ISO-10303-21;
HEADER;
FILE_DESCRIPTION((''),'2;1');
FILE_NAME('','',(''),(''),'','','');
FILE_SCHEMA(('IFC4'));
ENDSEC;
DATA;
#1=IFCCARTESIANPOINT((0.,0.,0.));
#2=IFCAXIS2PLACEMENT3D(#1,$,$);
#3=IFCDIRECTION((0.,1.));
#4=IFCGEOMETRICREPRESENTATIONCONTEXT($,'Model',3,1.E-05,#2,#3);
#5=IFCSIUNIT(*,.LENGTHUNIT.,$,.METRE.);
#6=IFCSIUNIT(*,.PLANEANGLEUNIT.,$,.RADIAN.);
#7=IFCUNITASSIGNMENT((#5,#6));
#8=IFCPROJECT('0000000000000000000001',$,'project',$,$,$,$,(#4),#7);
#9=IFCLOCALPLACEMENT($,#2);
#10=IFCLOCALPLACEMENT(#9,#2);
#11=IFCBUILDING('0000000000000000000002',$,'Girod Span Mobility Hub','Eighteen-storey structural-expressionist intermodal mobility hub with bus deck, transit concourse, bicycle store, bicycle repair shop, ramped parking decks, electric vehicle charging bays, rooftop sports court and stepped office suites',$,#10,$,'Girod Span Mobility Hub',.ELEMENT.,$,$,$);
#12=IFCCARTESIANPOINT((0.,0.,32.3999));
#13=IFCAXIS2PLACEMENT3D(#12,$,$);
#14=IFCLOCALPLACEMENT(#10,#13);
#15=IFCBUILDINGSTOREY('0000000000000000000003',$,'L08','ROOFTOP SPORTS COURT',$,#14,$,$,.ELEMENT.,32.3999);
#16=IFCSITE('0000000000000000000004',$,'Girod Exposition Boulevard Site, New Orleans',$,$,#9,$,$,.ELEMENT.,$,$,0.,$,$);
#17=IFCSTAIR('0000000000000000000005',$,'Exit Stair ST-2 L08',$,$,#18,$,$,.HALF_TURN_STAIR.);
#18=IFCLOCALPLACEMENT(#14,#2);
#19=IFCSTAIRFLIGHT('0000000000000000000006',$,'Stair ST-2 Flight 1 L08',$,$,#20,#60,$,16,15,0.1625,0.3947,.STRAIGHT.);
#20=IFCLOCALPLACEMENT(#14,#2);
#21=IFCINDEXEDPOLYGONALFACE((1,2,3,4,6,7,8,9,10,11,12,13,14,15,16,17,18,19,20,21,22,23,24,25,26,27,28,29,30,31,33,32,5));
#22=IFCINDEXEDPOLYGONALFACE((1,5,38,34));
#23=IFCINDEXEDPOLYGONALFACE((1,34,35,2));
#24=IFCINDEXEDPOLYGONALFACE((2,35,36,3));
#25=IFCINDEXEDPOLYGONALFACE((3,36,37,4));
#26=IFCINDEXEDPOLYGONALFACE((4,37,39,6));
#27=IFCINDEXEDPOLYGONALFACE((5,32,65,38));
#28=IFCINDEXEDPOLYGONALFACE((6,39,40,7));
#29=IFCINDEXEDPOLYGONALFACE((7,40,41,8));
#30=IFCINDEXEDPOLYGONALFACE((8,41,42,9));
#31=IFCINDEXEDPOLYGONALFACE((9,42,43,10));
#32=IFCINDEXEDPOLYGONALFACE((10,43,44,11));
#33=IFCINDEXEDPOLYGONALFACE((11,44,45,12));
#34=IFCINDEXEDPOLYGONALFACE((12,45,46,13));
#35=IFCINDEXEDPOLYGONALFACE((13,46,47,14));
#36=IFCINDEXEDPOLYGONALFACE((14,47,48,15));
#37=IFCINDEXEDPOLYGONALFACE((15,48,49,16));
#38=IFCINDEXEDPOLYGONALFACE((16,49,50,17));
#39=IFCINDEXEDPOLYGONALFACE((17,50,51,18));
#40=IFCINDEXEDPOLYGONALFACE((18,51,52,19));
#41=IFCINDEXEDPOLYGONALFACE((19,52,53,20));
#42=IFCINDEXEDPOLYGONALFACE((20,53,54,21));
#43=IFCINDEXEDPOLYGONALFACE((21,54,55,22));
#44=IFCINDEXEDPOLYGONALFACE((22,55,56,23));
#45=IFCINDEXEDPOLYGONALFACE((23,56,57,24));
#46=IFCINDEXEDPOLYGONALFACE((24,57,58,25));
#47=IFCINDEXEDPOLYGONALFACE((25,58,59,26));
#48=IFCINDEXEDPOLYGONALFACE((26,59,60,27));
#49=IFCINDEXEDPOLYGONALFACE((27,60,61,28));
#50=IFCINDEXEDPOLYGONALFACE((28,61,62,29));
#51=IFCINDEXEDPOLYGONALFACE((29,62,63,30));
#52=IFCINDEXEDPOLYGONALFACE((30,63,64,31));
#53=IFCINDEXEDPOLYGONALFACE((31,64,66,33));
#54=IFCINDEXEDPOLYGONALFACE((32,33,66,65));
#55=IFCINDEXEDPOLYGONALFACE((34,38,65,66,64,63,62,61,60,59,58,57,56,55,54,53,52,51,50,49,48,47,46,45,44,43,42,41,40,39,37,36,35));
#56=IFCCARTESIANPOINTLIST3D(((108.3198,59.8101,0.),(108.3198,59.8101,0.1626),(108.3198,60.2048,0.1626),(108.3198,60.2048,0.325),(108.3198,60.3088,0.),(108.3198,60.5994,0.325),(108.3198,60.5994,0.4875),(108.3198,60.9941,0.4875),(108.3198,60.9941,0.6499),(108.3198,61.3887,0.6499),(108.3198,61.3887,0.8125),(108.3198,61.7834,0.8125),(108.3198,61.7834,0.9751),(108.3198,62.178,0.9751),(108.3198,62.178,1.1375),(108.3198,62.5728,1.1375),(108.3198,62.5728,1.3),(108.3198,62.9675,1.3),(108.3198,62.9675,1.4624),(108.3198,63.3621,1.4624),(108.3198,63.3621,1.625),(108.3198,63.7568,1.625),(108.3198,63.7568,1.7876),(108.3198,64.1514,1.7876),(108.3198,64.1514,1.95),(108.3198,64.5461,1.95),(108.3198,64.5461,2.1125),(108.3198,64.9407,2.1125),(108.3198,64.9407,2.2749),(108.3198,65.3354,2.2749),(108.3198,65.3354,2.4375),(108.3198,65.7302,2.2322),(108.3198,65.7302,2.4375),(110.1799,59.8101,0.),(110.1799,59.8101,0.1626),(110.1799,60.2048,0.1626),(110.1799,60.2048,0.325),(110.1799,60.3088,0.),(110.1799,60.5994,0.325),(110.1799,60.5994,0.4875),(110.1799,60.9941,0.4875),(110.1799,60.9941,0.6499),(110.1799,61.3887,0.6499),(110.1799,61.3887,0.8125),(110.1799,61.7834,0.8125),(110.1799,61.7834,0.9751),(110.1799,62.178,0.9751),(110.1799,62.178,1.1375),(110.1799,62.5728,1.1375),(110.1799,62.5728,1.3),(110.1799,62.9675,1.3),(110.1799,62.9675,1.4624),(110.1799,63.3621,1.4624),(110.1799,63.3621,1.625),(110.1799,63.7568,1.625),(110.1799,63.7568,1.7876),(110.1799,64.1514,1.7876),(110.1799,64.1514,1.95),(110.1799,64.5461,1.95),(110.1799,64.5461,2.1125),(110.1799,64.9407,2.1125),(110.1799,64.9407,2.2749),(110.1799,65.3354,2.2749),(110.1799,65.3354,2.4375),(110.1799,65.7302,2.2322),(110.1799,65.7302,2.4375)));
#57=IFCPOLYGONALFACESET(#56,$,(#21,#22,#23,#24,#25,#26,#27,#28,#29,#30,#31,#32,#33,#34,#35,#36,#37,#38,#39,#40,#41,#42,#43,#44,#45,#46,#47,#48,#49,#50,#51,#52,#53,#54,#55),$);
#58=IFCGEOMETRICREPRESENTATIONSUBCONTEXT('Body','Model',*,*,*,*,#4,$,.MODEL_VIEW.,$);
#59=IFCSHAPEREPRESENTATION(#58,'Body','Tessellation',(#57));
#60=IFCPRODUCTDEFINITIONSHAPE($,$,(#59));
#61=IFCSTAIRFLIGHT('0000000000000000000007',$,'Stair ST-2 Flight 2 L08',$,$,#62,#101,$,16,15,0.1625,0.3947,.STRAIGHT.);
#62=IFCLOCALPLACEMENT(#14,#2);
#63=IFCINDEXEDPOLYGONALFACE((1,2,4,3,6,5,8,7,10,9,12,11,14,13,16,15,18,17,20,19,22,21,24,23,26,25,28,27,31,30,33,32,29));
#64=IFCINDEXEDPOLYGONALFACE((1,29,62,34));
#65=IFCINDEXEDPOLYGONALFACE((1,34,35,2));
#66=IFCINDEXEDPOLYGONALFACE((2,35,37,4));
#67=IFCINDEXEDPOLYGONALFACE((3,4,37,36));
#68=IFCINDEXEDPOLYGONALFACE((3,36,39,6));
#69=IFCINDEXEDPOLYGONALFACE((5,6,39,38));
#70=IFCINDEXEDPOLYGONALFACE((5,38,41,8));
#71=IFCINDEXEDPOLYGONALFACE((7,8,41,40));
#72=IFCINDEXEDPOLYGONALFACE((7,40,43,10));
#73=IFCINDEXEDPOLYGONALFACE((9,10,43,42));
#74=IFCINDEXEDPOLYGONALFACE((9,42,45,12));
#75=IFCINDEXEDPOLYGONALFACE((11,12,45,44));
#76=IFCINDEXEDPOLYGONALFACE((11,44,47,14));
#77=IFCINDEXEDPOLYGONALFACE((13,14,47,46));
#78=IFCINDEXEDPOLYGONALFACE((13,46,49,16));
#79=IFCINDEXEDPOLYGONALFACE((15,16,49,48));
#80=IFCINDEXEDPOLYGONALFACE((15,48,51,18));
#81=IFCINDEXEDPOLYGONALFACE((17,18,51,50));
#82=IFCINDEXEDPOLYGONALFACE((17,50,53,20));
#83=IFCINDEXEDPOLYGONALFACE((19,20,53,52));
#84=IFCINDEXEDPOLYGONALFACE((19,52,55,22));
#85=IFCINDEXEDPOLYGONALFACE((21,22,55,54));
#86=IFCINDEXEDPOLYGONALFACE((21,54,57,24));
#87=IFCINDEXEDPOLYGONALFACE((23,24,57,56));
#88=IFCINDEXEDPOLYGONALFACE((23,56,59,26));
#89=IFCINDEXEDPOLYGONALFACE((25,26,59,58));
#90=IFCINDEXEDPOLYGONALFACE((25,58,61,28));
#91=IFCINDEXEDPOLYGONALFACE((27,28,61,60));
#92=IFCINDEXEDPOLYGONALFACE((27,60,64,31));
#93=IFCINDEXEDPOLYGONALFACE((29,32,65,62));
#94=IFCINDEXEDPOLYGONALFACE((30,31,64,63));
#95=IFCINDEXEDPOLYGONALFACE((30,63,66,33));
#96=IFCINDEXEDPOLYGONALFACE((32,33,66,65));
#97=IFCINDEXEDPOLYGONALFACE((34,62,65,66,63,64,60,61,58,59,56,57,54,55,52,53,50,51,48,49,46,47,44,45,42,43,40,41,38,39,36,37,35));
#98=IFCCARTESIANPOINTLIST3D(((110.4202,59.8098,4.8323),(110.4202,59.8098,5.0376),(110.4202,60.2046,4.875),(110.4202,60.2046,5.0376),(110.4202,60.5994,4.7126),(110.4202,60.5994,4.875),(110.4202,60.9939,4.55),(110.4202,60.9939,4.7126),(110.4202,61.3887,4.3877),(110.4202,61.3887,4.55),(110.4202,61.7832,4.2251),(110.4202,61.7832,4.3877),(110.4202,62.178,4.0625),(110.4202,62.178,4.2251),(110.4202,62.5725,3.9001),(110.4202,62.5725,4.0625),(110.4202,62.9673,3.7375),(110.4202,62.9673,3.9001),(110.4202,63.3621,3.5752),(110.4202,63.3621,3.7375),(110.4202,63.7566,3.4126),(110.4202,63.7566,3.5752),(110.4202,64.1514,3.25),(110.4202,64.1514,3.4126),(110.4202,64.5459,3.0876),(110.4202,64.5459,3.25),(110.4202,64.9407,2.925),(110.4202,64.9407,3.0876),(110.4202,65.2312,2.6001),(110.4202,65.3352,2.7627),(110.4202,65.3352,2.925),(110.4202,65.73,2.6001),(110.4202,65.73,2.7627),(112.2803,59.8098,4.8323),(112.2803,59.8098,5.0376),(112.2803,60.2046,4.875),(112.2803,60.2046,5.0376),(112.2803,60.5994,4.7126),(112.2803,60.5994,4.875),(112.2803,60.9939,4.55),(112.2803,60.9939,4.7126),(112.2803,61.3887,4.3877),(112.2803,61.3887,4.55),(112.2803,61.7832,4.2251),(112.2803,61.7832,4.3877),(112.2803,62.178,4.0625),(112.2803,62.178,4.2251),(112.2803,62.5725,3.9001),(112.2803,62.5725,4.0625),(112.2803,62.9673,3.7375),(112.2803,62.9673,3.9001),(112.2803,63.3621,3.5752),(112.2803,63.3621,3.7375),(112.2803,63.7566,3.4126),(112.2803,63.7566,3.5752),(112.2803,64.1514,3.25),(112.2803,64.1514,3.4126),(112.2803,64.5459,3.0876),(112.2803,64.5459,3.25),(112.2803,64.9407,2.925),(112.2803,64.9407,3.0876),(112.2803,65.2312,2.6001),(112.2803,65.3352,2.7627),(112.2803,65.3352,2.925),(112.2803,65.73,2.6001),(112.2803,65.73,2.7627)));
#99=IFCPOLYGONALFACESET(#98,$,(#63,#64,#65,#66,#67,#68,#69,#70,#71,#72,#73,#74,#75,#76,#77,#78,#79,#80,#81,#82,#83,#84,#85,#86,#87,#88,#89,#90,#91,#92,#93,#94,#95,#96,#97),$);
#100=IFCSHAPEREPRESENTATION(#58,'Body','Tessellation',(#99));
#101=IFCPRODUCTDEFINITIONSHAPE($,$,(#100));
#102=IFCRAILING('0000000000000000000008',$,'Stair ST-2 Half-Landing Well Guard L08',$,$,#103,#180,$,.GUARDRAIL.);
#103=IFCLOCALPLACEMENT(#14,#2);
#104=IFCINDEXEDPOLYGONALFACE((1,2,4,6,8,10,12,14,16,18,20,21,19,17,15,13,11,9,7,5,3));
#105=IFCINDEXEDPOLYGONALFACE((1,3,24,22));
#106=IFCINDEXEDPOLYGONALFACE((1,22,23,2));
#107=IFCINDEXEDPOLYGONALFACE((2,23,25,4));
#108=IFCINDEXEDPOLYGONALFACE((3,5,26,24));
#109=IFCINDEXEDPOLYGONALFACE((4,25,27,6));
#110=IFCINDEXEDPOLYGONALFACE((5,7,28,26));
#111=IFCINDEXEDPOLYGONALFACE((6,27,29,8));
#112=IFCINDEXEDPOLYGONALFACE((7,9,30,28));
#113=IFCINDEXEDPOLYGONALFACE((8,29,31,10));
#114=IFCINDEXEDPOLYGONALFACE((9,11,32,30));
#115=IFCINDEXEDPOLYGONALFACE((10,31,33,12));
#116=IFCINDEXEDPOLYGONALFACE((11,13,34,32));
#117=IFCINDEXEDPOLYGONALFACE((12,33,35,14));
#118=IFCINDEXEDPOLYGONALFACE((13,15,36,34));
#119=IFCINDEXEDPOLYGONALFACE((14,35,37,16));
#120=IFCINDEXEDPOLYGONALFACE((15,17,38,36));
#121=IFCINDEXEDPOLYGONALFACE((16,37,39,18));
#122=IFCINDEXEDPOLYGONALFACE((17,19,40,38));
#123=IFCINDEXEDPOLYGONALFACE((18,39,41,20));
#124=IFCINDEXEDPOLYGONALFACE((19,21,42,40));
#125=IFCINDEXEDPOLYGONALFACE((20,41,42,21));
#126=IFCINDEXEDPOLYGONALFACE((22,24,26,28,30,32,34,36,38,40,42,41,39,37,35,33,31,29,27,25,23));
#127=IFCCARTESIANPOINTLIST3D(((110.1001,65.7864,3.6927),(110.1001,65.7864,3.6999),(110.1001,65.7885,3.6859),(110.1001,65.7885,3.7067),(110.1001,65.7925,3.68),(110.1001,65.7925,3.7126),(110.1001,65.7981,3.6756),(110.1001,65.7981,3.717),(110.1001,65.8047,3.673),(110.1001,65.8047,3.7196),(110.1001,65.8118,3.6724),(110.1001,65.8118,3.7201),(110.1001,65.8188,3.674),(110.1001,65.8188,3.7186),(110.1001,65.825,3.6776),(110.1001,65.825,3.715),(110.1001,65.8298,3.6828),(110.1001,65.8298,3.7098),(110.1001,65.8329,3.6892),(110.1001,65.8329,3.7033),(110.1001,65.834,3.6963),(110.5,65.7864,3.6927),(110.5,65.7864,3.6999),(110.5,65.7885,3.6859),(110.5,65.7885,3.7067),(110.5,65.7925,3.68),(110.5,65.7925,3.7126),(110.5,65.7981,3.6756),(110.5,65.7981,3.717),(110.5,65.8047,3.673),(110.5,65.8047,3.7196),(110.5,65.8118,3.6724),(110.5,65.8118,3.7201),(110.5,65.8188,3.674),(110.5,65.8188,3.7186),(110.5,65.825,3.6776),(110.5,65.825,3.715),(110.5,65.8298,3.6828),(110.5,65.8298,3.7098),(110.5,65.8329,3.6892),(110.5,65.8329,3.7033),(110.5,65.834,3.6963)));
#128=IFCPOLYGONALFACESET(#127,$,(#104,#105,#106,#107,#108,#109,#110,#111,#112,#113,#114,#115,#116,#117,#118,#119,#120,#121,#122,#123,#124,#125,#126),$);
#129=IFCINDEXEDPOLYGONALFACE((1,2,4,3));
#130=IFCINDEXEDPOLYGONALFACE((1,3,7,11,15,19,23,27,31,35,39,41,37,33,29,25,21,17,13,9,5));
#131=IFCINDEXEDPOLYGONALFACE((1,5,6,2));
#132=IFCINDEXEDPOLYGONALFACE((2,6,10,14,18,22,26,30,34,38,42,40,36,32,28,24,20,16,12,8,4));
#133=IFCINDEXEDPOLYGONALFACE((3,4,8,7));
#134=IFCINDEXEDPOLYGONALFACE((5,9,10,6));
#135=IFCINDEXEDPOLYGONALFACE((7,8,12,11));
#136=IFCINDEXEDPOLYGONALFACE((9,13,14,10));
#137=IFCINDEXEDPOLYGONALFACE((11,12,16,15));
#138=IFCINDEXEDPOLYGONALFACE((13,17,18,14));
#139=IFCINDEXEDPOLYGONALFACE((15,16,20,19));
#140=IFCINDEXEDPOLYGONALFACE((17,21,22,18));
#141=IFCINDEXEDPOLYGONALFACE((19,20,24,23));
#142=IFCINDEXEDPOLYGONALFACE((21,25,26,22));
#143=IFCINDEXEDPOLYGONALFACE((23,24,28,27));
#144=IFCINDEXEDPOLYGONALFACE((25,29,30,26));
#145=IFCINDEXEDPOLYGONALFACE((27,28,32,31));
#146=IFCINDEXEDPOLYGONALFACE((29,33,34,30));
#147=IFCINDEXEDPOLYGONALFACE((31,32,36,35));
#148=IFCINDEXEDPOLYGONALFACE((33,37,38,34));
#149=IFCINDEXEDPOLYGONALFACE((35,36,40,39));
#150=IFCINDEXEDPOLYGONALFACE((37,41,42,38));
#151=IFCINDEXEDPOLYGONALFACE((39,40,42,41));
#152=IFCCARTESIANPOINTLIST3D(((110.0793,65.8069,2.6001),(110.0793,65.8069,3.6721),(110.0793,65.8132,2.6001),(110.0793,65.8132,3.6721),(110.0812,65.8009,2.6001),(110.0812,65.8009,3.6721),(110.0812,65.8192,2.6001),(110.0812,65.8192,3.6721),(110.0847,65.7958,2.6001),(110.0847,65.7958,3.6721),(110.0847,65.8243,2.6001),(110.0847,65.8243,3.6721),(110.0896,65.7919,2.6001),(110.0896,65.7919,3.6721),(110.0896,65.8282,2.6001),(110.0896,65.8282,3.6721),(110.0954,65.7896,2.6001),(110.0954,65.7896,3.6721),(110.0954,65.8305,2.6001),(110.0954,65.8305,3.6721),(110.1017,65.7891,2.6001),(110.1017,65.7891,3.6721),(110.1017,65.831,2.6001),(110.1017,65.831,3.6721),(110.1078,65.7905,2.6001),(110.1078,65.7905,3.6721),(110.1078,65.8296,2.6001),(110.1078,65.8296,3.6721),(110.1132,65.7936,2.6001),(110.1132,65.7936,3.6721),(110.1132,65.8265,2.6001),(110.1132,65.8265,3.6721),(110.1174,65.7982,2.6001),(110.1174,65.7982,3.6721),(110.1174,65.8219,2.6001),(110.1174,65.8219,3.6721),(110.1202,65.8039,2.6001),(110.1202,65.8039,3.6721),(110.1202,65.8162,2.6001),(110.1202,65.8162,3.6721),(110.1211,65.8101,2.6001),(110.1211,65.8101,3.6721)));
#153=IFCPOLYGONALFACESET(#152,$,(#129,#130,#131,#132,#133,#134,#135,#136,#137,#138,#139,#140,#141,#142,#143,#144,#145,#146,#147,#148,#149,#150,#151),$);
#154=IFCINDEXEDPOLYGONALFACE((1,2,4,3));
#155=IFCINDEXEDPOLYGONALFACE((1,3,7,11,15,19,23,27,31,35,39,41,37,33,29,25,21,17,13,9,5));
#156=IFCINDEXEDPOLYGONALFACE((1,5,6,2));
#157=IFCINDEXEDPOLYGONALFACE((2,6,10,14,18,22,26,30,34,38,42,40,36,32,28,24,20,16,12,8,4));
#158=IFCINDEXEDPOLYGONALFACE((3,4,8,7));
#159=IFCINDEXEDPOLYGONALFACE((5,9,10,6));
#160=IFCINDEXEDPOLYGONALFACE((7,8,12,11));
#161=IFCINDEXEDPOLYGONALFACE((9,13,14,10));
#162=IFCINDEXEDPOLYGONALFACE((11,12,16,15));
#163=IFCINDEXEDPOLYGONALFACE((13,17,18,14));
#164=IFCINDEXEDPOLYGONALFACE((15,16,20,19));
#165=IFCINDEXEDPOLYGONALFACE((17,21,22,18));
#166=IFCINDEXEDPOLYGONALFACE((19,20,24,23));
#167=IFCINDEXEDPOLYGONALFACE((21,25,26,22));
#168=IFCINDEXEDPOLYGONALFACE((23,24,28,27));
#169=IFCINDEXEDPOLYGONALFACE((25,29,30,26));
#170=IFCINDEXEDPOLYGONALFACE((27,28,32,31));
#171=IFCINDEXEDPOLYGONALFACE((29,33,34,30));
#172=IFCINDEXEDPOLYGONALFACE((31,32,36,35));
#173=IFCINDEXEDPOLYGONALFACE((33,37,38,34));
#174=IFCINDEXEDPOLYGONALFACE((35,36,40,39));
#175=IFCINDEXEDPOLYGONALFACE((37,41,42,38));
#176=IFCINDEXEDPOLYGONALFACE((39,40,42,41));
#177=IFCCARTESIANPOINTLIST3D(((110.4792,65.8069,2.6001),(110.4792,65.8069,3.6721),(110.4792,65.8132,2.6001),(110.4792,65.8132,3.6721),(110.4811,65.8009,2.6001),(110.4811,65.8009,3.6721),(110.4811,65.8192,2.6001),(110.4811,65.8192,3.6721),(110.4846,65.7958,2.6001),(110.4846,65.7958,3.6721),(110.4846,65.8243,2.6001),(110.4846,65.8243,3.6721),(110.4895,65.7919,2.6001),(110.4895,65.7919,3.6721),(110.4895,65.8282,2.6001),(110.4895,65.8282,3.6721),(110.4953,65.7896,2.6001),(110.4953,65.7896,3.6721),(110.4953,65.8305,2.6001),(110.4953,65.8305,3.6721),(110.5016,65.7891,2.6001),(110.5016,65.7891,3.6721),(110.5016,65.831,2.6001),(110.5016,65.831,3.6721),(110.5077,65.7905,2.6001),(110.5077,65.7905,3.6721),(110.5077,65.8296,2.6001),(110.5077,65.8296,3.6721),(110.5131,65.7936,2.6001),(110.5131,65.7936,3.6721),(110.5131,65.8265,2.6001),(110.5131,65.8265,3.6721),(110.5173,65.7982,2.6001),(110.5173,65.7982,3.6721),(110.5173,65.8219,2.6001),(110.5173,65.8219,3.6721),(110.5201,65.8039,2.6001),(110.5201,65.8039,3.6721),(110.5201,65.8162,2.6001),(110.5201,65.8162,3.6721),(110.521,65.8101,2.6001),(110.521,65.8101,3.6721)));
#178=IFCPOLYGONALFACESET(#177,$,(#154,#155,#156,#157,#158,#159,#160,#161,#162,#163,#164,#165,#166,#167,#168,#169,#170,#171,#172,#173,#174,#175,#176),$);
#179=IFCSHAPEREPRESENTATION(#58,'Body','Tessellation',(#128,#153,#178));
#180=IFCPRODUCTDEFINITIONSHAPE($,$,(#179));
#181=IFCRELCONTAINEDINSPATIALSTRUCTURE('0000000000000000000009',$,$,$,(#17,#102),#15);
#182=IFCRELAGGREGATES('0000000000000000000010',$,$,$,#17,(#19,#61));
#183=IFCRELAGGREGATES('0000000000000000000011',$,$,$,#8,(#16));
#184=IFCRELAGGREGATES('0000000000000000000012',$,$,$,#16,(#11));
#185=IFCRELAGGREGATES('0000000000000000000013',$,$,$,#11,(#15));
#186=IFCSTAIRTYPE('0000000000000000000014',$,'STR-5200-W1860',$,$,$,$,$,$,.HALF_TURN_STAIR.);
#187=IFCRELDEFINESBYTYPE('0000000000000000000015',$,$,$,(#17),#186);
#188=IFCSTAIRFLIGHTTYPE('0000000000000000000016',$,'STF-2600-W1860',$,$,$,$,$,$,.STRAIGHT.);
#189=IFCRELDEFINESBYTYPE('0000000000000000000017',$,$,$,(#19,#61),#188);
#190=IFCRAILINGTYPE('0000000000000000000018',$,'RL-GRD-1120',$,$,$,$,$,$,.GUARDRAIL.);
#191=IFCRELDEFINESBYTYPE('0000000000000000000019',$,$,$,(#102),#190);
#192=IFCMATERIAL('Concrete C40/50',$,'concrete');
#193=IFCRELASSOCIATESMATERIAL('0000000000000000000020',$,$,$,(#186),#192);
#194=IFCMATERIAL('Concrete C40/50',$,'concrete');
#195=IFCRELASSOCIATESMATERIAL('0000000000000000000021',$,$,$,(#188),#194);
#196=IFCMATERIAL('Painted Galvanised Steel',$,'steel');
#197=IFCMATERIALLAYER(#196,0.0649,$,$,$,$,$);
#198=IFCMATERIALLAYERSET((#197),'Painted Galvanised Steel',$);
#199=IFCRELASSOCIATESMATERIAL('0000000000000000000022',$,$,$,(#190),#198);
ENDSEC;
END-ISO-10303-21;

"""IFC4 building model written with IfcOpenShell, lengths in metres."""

from ifc_helpers import new_model, si_unit, direction, frame, origin, origin_2d, place, context, subcontext, project, spatial, polyline, circle, outline, extrude, material, layer, layer_set, type_object, element, aggregate, save


model = new_model("IFC4")

# Units and contexts
model_context = context("Model", 3, precision=1e-05, world=origin(), true_north=direction((0.0, 1.0)))
body_context = subcontext(model_context, "Body", "Model", "MODEL_VIEW")
ifc_project = project(units=[si_unit("LENGTHUNIT", "METRE"), si_unit("PLANEANGLEUNIT", "RADIAN")], contexts=[model_context])

# Site, building, storey
site_placement = place(None, origin())
site = spatial("IfcSite", under=ifc_project, at=site_placement, Name="Girod Exposition Boulevard Site, New Orleans", CompositionType="ELEMENT", RefElevation=0.0)
building_placement = place(site_placement, origin())
building = spatial("IfcBuilding", under=site, at=building_placement, Name="Girod Span Mobility Hub", Description="Eighteen-storey structural-expressionist intermodal mobility hub with bus deck, transit concourse, bicycle store, bicycle repair shop, ramped parking decks, electric vehicle charging bays, rooftop sports court and stepped office suites", LongName="Girod Span Mobility Hub", CompositionType="ELEMENT")
storey_placement = place(building_placement, frame((0.0, 0.0, 32.3999)))
storey = spatial("IfcBuildingStorey", under=building, at=storey_placement, Name="L08", Description="ROOFTOP SPORTS COURT", CompositionType="ELEMENT", Elevation=32.3999)

# Stair, stair flights
ifc_material_1 = material(Name="Concrete C40/50", Category="concrete")
stair_type = type_object("IfcStairType", Name="STR-5200-W1860", PredefinedType="HALF_TURN_STAIR", material=ifc_material_1)
stair_placement = place(storey_placement, origin())
stair = element("IfcStair", 1, at=stair_placement, inside=storey, type_object=stair_type, Name="Exit Stair ST-2 L08", PredefinedType="HALF_TURN_STAIR")
ifc_material_2 = material(Name="Concrete C40/50", Category="concrete")
stair_flight_type = type_object("IfcStairFlightType", Name="STF-2600-W1860", PredefinedType="STRAIGHT", material=ifc_material_2)
stair_flight_1_placement = place(storey_placement, frame((109.25, 59.8101, 0.0), z_axis=(0.0, 0.0, 1.0), x_axis=(0.0, 1.0, 0.0)))
stair_flight_1 = element("IfcStairFlight", 2, at=stair_flight_1_placement, type_object=stair_flight_type, Name="Stair ST-2 Flight 1 L08", NumberOfRisers=16, NumberOfTreads=15, PredefinedType="STRAIGHT", RiserHeight=0.1625, TreadLength=0.3947, context=body_context, shape_type="SweptSolid", body=[
    extrude(outline(polyline([(0.0, 0.0), (0.0, 0.1626), (0.3948, 0.1626), (0.3948, 0.325), (0.7893, 0.325), (0.7893, 0.4875), (1.1841, 0.4875), (1.1841, 0.6499), (1.5786, 0.6499), (1.5786, 0.8125), (1.9734, 0.8125), (1.9734, 0.9751), (2.3679, 0.9751), (2.3679, 1.1375), (2.7627, 1.1375), (2.7627, 1.3), (3.1575, 1.3), (3.1575, 1.4624), (3.552, 1.4624), (3.552, 1.625), (3.9468, 1.625), (3.9468, 1.7876), (4.3413, 1.7876), (4.3413, 1.95), (4.7361, 1.95), (4.7361, 2.1125), (5.1306, 2.1125), (5.1306, 2.2749), (5.5254, 2.2749), (5.5254, 2.4375), (5.9202, 2.4375), (5.9202, 2.6001), (5.9202, 2.2322), (0.4988, 0.0), (0.0, 0.0)])), frame((0.0, 0.9302, 0.0), z_axis=(0.0, -1.0, 0.0), x_axis=(1.0, 0.0, 0.0)), (0.0, 0.0, 1.0), 1.8601),
])
stair_flight_2_placement = place(storey_placement, frame((111.3501, 65.73, 2.6001), z_axis=(0.0, 0.0, 1.0), x_axis=(0.0, -1.0, 0.0)))
stair_flight_2 = element("IfcStairFlight", 3, at=stair_flight_2_placement, type_object=stair_flight_type, Name="Stair ST-2 Flight 2 L08", NumberOfRisers=16, NumberOfTreads=15, PredefinedType="STRAIGHT", RiserHeight=0.1625, TreadLength=0.3947, context=body_context, shape_type="SweptSolid", body=[
    extrude(outline(polyline([(0.0, 0.0), (0.0, 0.1626), (0.3948, 0.1626), (0.3948, 0.325), (0.7893, 0.325), (0.7893, 0.4875), (1.1841, 0.4875), (1.1841, 0.6499), (1.5786, 0.6499), (1.5786, 0.8125), (1.9734, 0.8125), (1.9734, 0.9751), (2.3679, 0.9751), (2.3679, 1.1375), (2.7627, 1.1375), (2.7627, 1.3), (3.1575, 1.3), (3.1575, 1.4624), (3.552, 1.4624), (3.552, 1.625), (3.9468, 1.625), (3.9468, 1.7876), (4.3413, 1.7876), (4.3413, 1.95), (4.7361, 1.95), (4.7361, 2.1125), (5.1306, 2.1125), (5.1306, 2.2749), (5.5254, 2.2749), (5.5254, 2.4375), (5.9202, 2.4375), (5.9202, 2.6001), (5.9202, 2.2322), (0.4988, 0.0), (0.0, 0.0)])), frame((0.0, 0.9302, 0.0), z_axis=(0.0, -1.0, 0.0), x_axis=(1.0, 0.0, 0.0)), (0.0, 0.0, 1.0), 1.8601),
])
aggregate(stair, [stair_flight_1, stair_flight_2])

# Railing
ifc_material_3 = material(Name="Painted Galvanised Steel", Category="steel")
ifc_layer_1 = layer(ifc_material_3, 0.0649)
ifc_layer_set_1 = layer_set([ifc_layer_1], Name="Painted Galvanised Steel")
railing_type_1 = type_object("IfcRailingType", Name="RL-GRD-1120", PredefinedType="GUARDRAIL", material=ifc_layer_set_1)
for number, where, name in (
    (4, (110.1001, 65.8101, 2.6001), "Stair ST-2 Half-Landing Well Guard L08"),
):
    element("IfcRailing", number, at=place(storey_placement, frame(where)), inside=storey, type_object=railing_type_1, Name=name, PredefinedType="GUARDRAIL", context=body_context, shape_type="SweptSolid", body=[
        extrude(circle(Radius=0.0239, at=origin_2d()), frame((0.0, 0.0, 1.0962), z_axis=(1.0, 0.0, 0.0), x_axis=(0.0, 1.0, 0.0)), (0.0, 0.0, 1.0), 0.3999),
        extrude(circle(Radius=0.021, at=origin_2d()), origin(), (0.0, 0.0, 1.0), 1.072),
        extrude(circle(Radius=0.021, at=origin_2d()), frame((0.3999, 0.0, 0.0)), (0.0, 0.0, 1.0), 1.072),
    ])

save(model, "model.ifc")
